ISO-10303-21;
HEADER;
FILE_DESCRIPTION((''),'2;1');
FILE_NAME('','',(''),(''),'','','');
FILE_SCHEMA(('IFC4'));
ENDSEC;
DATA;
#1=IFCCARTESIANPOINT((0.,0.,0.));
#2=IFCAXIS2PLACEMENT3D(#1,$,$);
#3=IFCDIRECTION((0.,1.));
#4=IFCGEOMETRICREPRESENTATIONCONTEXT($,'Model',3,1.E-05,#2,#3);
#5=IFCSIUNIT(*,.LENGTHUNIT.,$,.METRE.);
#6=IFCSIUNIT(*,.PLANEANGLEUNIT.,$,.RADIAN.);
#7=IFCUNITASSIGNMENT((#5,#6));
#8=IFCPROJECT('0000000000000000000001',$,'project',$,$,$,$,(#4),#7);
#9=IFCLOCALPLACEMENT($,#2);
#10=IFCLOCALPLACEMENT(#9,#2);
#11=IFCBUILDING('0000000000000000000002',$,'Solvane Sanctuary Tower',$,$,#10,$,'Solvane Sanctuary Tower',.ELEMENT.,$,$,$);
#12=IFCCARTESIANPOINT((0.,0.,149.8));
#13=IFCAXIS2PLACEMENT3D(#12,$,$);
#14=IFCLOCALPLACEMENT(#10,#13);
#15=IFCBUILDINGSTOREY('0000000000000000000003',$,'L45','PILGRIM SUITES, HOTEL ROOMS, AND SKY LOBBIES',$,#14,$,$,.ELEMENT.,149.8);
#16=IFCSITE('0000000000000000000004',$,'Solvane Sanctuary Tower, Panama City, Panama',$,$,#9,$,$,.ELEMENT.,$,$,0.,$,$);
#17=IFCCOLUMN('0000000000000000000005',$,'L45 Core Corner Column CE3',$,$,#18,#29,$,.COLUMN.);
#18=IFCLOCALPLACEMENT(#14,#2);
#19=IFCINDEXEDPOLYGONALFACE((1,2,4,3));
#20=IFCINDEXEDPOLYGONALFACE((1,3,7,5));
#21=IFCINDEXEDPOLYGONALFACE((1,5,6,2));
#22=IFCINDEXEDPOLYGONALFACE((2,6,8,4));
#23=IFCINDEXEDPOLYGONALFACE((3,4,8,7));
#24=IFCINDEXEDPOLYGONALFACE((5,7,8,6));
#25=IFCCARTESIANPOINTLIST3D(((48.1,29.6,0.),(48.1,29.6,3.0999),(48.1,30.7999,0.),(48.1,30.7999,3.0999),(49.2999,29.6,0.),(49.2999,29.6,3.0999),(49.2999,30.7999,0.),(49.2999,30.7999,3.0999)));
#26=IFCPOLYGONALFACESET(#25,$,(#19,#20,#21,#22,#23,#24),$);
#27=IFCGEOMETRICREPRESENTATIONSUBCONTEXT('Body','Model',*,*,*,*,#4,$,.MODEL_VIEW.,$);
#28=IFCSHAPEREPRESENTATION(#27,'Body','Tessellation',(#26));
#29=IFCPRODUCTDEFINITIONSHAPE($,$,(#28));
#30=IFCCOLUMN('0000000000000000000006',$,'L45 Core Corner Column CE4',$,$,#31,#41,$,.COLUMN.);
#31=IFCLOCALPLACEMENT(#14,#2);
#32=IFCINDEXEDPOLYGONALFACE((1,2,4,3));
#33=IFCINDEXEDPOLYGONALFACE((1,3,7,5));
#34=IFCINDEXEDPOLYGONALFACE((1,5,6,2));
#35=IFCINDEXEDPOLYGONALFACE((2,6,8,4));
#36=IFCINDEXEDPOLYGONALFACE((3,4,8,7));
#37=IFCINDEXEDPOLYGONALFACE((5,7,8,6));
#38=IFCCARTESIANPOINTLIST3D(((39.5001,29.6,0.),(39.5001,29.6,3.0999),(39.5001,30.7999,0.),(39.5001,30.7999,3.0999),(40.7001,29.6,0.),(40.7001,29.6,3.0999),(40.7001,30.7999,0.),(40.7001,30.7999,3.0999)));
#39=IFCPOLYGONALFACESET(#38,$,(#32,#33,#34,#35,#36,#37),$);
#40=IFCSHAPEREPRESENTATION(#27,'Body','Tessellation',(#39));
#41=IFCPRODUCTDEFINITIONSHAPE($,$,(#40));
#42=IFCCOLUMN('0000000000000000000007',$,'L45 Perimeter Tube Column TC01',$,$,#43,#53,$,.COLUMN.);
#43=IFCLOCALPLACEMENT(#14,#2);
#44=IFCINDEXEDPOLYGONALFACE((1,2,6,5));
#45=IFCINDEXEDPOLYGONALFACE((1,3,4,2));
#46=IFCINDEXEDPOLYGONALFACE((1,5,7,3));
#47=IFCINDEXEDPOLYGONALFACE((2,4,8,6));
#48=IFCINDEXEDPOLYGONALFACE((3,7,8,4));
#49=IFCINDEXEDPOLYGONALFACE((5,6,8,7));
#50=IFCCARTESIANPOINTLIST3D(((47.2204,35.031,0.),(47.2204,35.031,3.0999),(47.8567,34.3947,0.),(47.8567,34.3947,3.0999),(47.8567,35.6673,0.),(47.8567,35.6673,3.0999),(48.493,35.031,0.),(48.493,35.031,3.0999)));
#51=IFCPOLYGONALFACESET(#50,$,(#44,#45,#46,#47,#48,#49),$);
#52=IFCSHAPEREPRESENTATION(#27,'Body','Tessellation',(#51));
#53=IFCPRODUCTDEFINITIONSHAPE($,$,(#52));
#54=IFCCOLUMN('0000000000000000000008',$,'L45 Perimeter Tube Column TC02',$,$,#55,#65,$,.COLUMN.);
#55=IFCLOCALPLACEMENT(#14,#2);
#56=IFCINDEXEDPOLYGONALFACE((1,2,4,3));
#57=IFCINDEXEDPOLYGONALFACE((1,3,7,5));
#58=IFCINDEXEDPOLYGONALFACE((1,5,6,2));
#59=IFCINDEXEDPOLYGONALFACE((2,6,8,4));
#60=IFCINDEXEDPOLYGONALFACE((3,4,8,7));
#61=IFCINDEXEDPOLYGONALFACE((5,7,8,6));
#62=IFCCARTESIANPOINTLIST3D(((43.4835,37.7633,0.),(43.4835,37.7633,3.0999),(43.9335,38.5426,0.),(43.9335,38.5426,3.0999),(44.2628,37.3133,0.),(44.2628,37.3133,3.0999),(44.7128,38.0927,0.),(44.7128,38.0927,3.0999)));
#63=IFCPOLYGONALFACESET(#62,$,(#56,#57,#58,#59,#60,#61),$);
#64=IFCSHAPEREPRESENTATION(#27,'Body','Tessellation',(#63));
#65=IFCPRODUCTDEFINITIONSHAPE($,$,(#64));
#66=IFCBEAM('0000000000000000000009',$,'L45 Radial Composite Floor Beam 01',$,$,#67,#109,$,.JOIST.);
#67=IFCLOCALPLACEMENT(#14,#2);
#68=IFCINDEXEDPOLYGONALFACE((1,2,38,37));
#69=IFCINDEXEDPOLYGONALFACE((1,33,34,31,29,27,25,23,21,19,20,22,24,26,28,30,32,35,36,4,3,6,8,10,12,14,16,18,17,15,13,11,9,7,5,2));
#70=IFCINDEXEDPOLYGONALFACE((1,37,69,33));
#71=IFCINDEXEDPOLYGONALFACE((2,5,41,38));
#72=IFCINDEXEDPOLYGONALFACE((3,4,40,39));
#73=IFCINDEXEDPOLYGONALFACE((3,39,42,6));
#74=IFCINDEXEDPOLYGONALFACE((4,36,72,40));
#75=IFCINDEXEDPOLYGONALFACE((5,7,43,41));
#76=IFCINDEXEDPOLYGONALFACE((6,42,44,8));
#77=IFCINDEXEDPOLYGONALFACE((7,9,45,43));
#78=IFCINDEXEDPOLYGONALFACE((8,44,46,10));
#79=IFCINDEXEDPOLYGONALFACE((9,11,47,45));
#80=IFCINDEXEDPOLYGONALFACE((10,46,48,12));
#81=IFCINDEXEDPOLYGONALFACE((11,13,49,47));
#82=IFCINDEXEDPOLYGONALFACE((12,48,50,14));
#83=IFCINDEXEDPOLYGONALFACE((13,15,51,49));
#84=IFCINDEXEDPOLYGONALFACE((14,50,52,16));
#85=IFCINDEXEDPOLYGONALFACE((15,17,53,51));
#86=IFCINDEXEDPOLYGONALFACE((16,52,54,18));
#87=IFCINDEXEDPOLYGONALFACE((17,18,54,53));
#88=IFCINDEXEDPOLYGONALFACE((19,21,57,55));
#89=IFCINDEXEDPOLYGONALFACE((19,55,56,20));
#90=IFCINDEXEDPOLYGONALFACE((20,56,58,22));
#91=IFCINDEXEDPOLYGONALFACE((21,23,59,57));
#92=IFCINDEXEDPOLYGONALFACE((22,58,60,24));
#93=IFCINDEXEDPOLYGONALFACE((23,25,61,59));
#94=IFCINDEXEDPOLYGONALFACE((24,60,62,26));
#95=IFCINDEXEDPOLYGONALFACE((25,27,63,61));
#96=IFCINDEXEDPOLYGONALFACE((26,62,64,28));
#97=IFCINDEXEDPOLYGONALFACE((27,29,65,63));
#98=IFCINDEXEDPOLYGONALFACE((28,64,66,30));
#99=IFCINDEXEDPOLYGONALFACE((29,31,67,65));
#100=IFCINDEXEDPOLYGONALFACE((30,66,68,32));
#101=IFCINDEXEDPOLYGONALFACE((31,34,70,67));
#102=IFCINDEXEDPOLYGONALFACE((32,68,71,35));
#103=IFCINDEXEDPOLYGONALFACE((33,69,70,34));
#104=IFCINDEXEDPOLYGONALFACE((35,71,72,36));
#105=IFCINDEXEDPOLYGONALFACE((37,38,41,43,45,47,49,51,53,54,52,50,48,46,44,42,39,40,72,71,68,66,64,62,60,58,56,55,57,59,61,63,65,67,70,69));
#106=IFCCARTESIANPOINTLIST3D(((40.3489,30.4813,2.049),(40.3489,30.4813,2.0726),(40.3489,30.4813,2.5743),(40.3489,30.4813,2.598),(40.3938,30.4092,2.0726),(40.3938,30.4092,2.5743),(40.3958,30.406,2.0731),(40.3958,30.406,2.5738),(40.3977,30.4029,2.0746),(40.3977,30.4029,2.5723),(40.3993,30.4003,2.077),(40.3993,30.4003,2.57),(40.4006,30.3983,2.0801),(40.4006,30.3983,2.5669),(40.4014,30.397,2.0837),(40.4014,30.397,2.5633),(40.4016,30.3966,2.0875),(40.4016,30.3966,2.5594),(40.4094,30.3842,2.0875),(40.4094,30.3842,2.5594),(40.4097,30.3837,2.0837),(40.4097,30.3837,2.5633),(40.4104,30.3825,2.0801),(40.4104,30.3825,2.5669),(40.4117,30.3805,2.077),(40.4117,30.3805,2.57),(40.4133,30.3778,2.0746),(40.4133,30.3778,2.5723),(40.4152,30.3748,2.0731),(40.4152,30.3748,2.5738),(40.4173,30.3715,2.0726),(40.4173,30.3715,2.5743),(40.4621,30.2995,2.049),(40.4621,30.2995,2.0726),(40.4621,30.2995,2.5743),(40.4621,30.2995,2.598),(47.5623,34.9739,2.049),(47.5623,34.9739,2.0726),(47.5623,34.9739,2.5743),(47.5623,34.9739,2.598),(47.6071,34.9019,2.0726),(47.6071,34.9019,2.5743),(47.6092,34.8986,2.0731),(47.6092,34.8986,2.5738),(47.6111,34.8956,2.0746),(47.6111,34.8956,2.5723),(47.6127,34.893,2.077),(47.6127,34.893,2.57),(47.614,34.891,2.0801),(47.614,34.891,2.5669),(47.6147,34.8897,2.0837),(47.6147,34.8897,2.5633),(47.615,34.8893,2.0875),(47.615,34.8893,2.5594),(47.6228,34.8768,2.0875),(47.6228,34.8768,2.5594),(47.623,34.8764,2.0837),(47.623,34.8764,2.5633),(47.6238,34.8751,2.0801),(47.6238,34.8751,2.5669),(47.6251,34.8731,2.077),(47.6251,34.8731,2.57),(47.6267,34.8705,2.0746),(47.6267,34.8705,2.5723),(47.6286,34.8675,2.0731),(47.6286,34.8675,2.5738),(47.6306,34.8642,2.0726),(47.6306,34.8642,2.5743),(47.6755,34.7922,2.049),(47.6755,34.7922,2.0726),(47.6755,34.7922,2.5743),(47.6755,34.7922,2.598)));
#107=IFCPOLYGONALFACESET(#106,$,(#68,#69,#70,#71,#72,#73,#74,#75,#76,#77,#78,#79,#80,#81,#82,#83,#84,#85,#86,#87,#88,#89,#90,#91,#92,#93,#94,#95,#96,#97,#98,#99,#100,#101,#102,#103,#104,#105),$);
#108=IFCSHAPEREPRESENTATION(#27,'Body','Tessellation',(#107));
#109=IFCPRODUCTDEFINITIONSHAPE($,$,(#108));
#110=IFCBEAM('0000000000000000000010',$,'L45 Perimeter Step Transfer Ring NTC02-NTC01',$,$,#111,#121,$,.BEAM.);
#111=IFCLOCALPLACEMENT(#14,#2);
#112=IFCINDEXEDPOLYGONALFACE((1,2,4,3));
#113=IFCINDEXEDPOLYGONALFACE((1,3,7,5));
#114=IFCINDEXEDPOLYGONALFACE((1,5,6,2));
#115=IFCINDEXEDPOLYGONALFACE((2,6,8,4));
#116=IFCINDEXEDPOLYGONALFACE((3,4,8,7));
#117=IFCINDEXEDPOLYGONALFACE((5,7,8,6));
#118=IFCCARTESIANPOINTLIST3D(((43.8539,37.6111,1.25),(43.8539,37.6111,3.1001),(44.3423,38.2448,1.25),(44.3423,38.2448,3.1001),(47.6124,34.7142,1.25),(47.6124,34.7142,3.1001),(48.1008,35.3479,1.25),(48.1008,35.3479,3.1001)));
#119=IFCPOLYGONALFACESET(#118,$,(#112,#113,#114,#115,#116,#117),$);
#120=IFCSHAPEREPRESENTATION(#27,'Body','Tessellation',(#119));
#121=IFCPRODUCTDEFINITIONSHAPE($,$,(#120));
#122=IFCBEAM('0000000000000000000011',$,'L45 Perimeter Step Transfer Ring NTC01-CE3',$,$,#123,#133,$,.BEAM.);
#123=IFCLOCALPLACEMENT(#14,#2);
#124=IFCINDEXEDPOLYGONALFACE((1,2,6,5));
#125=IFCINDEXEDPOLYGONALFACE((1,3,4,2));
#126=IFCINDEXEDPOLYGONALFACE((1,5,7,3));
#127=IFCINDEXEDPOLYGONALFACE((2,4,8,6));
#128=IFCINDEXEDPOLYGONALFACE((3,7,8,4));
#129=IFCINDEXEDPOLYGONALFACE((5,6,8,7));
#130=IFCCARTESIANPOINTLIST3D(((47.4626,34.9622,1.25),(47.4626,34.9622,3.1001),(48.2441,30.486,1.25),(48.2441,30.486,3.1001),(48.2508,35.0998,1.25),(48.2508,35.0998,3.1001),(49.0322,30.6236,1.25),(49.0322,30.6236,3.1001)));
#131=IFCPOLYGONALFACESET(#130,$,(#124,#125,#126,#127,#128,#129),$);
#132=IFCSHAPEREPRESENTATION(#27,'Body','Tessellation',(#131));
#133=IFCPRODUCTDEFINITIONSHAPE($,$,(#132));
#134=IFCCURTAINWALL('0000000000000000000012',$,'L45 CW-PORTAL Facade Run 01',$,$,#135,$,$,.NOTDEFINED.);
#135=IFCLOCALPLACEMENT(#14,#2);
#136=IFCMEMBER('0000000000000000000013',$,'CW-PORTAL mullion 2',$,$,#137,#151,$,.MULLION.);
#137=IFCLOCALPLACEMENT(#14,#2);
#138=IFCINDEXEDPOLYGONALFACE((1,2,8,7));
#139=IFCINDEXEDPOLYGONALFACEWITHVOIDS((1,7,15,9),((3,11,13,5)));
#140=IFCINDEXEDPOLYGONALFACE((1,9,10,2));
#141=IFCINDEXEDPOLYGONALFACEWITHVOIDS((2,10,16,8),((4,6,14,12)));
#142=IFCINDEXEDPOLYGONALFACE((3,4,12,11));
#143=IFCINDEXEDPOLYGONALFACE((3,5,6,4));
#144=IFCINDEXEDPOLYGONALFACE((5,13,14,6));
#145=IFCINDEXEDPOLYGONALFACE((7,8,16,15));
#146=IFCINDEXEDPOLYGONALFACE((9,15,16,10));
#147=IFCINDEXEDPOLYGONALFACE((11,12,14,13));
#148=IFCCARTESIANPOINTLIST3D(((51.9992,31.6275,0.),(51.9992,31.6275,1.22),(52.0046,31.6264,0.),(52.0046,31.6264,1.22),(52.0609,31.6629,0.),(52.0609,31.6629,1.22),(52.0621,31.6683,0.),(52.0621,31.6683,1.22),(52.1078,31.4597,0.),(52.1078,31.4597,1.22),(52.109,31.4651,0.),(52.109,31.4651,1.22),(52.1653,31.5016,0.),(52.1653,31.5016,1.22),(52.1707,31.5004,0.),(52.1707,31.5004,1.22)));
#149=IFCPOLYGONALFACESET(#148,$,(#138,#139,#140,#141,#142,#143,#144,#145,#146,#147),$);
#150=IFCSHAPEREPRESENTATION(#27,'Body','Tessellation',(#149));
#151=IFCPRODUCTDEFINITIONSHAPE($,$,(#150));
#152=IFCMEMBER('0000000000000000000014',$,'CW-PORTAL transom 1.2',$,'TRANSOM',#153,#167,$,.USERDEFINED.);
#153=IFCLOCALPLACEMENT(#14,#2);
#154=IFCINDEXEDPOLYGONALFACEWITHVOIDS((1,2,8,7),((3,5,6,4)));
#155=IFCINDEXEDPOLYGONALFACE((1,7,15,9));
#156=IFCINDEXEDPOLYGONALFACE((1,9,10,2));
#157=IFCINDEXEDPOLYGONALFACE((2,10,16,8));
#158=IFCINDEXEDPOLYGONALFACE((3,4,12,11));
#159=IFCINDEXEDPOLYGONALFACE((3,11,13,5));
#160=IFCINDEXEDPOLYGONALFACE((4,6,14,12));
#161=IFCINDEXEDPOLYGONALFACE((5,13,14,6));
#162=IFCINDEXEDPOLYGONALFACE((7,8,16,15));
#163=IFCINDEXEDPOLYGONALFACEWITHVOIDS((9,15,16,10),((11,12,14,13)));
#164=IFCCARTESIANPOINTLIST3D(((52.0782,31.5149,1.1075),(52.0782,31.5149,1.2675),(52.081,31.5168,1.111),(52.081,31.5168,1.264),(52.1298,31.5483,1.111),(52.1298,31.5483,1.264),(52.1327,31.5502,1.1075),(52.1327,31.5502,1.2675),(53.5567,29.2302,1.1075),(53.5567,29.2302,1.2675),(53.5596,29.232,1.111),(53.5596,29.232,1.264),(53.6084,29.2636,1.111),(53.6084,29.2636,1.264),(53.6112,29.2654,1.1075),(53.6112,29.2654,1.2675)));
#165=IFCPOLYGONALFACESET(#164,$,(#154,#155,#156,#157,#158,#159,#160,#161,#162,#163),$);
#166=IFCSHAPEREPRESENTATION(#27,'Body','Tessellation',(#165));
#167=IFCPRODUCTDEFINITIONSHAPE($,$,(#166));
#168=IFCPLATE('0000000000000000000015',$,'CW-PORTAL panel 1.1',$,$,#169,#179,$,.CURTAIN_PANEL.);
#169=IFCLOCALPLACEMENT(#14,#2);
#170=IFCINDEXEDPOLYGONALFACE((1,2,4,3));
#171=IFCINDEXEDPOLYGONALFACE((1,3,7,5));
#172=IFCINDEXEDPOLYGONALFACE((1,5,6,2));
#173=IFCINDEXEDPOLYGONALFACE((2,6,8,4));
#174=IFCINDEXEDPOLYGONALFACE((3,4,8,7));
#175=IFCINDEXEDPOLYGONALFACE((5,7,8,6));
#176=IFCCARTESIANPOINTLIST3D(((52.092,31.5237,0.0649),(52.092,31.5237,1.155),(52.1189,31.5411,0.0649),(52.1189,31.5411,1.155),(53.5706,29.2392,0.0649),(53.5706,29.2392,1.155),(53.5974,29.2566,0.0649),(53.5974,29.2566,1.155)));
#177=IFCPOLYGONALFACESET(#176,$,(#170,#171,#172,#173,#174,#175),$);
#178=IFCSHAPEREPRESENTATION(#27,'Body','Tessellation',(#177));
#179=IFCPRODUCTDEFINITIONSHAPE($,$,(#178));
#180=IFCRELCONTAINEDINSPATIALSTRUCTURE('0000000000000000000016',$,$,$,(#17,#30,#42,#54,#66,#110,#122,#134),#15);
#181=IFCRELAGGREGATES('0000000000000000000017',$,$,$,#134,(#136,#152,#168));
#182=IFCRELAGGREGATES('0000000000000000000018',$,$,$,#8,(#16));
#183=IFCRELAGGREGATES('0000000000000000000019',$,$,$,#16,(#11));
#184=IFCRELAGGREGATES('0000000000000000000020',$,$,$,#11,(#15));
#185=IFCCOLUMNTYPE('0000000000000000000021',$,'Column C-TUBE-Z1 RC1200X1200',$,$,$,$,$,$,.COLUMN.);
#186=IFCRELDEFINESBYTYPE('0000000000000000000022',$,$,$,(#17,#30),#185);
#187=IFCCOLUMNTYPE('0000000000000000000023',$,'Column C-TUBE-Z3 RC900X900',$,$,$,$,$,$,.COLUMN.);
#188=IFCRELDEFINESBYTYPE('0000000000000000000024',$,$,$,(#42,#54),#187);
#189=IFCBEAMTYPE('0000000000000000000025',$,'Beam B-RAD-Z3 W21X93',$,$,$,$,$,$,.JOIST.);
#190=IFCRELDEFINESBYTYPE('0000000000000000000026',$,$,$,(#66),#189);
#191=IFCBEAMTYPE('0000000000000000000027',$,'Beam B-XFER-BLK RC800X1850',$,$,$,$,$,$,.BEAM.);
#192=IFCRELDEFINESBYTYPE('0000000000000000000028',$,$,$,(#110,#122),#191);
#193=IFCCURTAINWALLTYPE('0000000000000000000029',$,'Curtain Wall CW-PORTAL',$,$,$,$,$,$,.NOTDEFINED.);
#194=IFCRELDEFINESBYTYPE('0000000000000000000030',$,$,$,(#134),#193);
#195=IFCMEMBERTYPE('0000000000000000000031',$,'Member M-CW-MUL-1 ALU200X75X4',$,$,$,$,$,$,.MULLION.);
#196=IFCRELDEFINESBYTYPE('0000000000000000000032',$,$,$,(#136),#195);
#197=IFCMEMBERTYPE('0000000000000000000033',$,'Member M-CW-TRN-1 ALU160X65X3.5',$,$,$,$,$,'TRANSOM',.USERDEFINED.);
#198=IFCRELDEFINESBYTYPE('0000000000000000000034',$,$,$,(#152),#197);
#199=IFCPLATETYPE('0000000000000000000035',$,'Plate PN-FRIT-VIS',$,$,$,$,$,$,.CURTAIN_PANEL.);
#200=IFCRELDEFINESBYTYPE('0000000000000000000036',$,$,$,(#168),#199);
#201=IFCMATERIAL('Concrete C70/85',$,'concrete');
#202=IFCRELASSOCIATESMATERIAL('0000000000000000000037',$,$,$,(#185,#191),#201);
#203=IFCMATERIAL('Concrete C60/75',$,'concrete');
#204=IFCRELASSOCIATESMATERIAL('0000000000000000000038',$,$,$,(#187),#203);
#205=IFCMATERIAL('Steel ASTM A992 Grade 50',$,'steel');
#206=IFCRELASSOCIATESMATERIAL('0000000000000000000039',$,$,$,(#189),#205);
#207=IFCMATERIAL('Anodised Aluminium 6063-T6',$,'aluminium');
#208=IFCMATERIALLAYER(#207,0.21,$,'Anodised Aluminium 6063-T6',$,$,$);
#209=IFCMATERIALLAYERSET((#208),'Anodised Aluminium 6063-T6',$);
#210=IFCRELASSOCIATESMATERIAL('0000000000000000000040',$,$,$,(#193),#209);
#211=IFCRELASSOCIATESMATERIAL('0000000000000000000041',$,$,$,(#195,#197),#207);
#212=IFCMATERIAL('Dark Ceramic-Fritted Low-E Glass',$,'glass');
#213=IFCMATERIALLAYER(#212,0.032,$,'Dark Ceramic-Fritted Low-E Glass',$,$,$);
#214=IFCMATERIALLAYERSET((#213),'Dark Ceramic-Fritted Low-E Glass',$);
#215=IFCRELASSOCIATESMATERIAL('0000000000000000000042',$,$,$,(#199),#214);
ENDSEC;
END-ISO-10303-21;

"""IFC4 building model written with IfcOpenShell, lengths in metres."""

from ifc_helpers import new_model, si_unit, direction, frame, origin, origin_2d, place, context, subcontext, project, spatial, rectangle, hollow_rectangle, i_section, extrude, material, layer, layer_set, material_profile, profile_set, type_object, element, aggregate, save


model = new_model("IFC4")

# Units and contexts
model_context = context("Model", 3, precision=1e-05, world=origin(), true_north=direction((0.0, 1.0)))
body_context = subcontext(model_context, "Body", "Model", "MODEL_VIEW")
ifc_project = project(units=[si_unit("LENGTHUNIT", "METRE"), si_unit("PLANEANGLEUNIT", "RADIAN")], contexts=[model_context])

# Site, building, storey
site_placement = place(None, origin())
site = spatial("IfcSite", under=ifc_project, at=site_placement, Name="Solvane Sanctuary Tower, Panama City, Panama", CompositionType="ELEMENT", RefElevation=0.0)
building_placement = place(site_placement, origin())
building = spatial("IfcBuilding", under=site, at=building_placement, Name="Solvane Sanctuary Tower", LongName="Solvane Sanctuary Tower", CompositionType="ELEMENT")
storey_placement = place(building_placement, frame((0.0, 0.0, 149.8)))
storey = spatial("IfcBuildingStorey", under=building, at=storey_placement, Name="L45", Description="PILGRIM SUITES, HOTEL ROOMS, AND SKY LOBBIES", CompositionType="ELEMENT", Elevation=149.8)

# Columns
ifc_material_1 = material(Name="Concrete C70/85", Category="concrete")
ifc_material_profile_1 = material_profile(ifc_material_1, rectangle(XDim=1.2, YDim=1.2, at=origin_2d()), Name="RC1200X1200")
ifc_profile_set_1 = profile_set([ifc_material_profile_1], Name="Concrete C70/85")
column_type_1 = type_object("IfcColumnType", Name="Column C-TUBE-Z1 RC1200X1200", PredefinedType="COLUMN", material=ifc_profile_set_1)
for number, where, z_axis, x_axis, name in (
    (1, (48.7, 30.2, 0.0), (0.0, 0.0, 1.0), (1.0, 0.0, 0.0), "L45 Core Corner Column CE3"),
    (2, (40.1001, 30.2, 0.0), (0.0, 0.0, 1.0), (1.0, 0.0, 0.0), "L45 Core Corner Column CE4"),
):
    element("IfcColumn", number, at=place(storey_placement, frame(where, z_axis=z_axis, x_axis=x_axis)), inside=storey, type_object=column_type_1, Name=name, PredefinedType="COLUMN", context=body_context, shape_type="SweptSolid", body=[
        extrude(rectangle(XDim=1.2, YDim=1.2, at=origin_2d()), origin(), (0.0, 0.0, 1.0), 3.0999),
    ])
ifc_material_2 = material(Name="Concrete C60/75", Category="concrete")
ifc_material_profile_2 = material_profile(ifc_material_2, rectangle(XDim=0.8999, YDim=0.8999, at=origin_2d()), Name="RC900X900")
ifc_profile_set_2 = profile_set([ifc_material_profile_2], Name="Concrete C60/75")
column_type_2 = type_object("IfcColumnType", Name="Column C-TUBE-Z3 RC900X900", PredefinedType="COLUMN", material=ifc_profile_set_2)
for number, where, z_axis, x_axis, name in (
    (3, (47.8567, 35.031, 0.0), (0.0, 0.0, 1.0), (0.707107, 0.707107, 0.0), "L45 Perimeter Tube Column TC01"),
    (4, (44.0981, 37.928, 0.0), (0.0, 0.0, 1.0), (0.5, 0.866025, 0.0), "L45 Perimeter Tube Column TC02"),
):
    element("IfcColumn", number, at=place(storey_placement, frame(where, z_axis=z_axis, x_axis=x_axis)), inside=storey, type_object=column_type_2, Name=name, PredefinedType="COLUMN", context=body_context, shape_type="SweptSolid", body=[
        extrude(rectangle(XDim=0.8999, YDim=0.8999, at=origin_2d()), origin(), (0.0, 0.0, 1.0), 3.0999),
    ])

# Beams
ifc_material_3 = material(Name="Steel ASTM A992 Grade 50", Category="steel")
ifc_material_profile_3 = material_profile(ifc_material_3, i_section(OverallWidth=0.2141, OverallDepth=0.5491, WebThickness=0.0146, FlangeThickness=0.0237, FilletRadius=0.0149, at=origin_2d()), Name="W21X93")
ifc_profile_set_3 = profile_set([ifc_material_profile_3], Name="Steel ASTM A992 Grade 50")
beam_type_1 = type_object("IfcBeamType", Name="Beam B-RAD-Z3 W21X93", PredefinedType="JOIST", material=ifc_profile_set_3)
beam_1_placement = place(storey_placement, frame((40.4055, 30.3904, 2.3235), z_axis=(0.848827, 0.528671, 0.0), x_axis=(-0.528671, 0.848827, 0.0)))
element("IfcBeam", 5, at=beam_1_placement, inside=storey, type_object=beam_type_1, Name="L45 Radial Composite Floor Beam 01", PredefinedType="JOIST", context=body_context, shape_type="SweptSolid", body=[
    extrude(i_section(OverallWidth=0.2141, OverallDepth=0.5491, WebThickness=0.0146, FlangeThickness=0.0237, FilletRadius=0.0149, at=origin_2d()), origin(), (0.0, 0.0, 1.0), 8.498),
])
ifc_material_profile_4 = material_profile(ifc_material_1, rectangle(XDim=0.8, YDim=1.8501, at=origin_2d()), Name="RC800X1850")
ifc_profile_set_4 = profile_set([ifc_material_profile_4], Name="Concrete C70/85")
beam_type_2 = type_object("IfcBeamType", Name="Beam B-XFER-BLK RC800X1850", PredefinedType="BEAM", material=ifc_profile_set_4)
beam_2_placement = place(storey_placement, frame((44.0981, 37.928, 2.175), z_axis=(0.792035, -0.610476, 0.0), x_axis=(0.610476, 0.792035, 0.0)))
element("IfcBeam", 6, at=beam_2_placement, inside=storey, type_object=beam_type_2, Name="L45 Perimeter Step Transfer Ring NTC02-NTC01", PredefinedType="BEAM", context=body_context, shape_type="SweptSolid", body=[
    extrude(rectangle(XDim=0.8, YDim=1.8501, at=origin_2d()), origin(), (0.0, 0.0, 1.0), 4.7454),
])
beam_3_placement = place(storey_placement, frame((47.8567, 35.031, 2.175), z_axis=(0.171983, -0.9851, 0.0), x_axis=(0.9851, 0.171983, 0.0)))
element("IfcBeam", 7, at=beam_3_placement, inside=storey, type_object=beam_type_2, Name="L45 Perimeter Step Transfer Ring NTC01-CE3", PredefinedType="BEAM", context=body_context, shape_type="SweptSolid", body=[
    extrude(rectangle(XDim=0.8, YDim=1.8501, at=origin_2d()), origin(), (0.0, 0.0, 1.0), 4.5439),
])

# Curtain wall, members, plate
ifc_material_4 = material(Name="Anodised Aluminium 6063-T6", Category="aluminium")
ifc_layer_1 = layer(ifc_material_4, 0.21, Name="Anodised Aluminium 6063-T6")
ifc_layer_set_1 = layer_set([ifc_layer_1], Name="Anodised Aluminium 6063-T6")
curtain_wall_type = type_object("IfcCurtainWallType", Name="Curtain Wall CW-PORTAL", PredefinedType="NOTDEFINED", material=ifc_layer_set_1)
curtain_wall_placement = place(storey_placement, origin())
curtain_wall = element("IfcCurtainWall", 8, at=curtain_wall_placement, inside=storey, type_object=curtain_wall_type, Name="L45 CW-PORTAL Facade Run 01", PredefinedType="NOTDEFINED")
ifc_material_profile_5 = material_profile(ifc_material_4, hollow_rectangle(XDim=0.075, YDim=0.2, WallThickness=0.0039, at=origin_2d()), Name="ALU200X75X4")
ifc_profile_set_5 = profile_set([ifc_material_profile_5], Name="Anodised Aluminium 6063-T6")
member_type_1 = type_object("IfcMemberType", Name="Member M-CW-MUL-1 ALU200X75X4", PredefinedType="MULLION", material=ifc_profile_set_5)
member_1_placement = place(storey_placement, frame((52.085, 31.564, 0.0), z_axis=(0.0, 0.0, 1.0), x_axis=(-0.839512, -0.543341, 0.0)))
member_1 = element("IfcMember", 9, at=member_1_placement, type_object=member_type_1, Name="CW-PORTAL mullion 2", PredefinedType="MULLION", context=body_context, shape_type="SweptSolid", body=[
    extrude(hollow_rectangle(XDim=0.075, YDim=0.2, WallThickness=0.0039, at=origin_2d()), origin(), (0.0, 0.0, 1.0), 1.22),
])
ifc_material_profile_6 = material_profile(ifc_material_4, hollow_rectangle(XDim=0.0649, YDim=0.1599, WallThickness=0.0034, at=origin_2d()), Name="ALU160X65X3.5")
ifc_profile_set_6 = profile_set([ifc_material_profile_6], Name="Anodised Aluminium 6063-T6")
member_type_2 = type_object("IfcMemberType", Name="Member M-CW-TRN-1 ALU160X65X3.5", ElementType="TRANSOM", PredefinedType="USERDEFINED", material=ifc_profile_set_6)
member_2_placement = place(storey_placement, frame((53.584, 29.2478, 1.1875), z_axis=(-0.543303, 0.839536, 0.0), x_axis=(-0.839536, -0.543303, 0.0)))
member_2 = element("IfcMember", 10, at=member_2_placement, type_object=member_type_2, Name="CW-PORTAL transom 1.2", ObjectType="TRANSOM", PredefinedType="USERDEFINED", context=body_context, shape_type="SweptSolid", body=[
    extrude(hollow_rectangle(XDim=0.0649, YDim=0.1599, WallThickness=0.0034, at=origin_2d()), origin(), (0.0, 0.0, 1.0), 2.7214),
])
ifc_material_5 = material(Name="Dark Ceramic-Fritted Low-E Glass", Category="glass")
ifc_layer_2 = layer(ifc_material_5, 0.032, Name="Dark Ceramic-Fritted Low-E Glass")
ifc_layer_set_2 = layer_set([ifc_layer_2], Name="Dark Ceramic-Fritted Low-E Glass")
plate_type = type_object("IfcPlateType", Name="Plate PN-FRIT-VIS", PredefinedType="CURTAIN_PANEL", material=ifc_layer_set_2)
plate_placement = place(storey_placement, frame((52.8447, 30.3901, 0.0649), z_axis=(0.0, 0.0, 1.0), x_axis=(-0.543341, 0.839512, 0.0)))
plate = element("IfcPlate", 11, at=plate_placement, type_object=plate_type, Name="CW-PORTAL panel 1.1", PredefinedType="CURTAIN_PANEL", context=body_context, shape_type="SweptSolid", body=[
    extrude(rectangle(XDim=2.7212, YDim=0.032, at=origin_2d()), origin(), (0.0, 0.0, 1.0), 1.0901),
])
aggregate(curtain_wall, [member_1, member_2, plate])

save(model, "model.ifc")
